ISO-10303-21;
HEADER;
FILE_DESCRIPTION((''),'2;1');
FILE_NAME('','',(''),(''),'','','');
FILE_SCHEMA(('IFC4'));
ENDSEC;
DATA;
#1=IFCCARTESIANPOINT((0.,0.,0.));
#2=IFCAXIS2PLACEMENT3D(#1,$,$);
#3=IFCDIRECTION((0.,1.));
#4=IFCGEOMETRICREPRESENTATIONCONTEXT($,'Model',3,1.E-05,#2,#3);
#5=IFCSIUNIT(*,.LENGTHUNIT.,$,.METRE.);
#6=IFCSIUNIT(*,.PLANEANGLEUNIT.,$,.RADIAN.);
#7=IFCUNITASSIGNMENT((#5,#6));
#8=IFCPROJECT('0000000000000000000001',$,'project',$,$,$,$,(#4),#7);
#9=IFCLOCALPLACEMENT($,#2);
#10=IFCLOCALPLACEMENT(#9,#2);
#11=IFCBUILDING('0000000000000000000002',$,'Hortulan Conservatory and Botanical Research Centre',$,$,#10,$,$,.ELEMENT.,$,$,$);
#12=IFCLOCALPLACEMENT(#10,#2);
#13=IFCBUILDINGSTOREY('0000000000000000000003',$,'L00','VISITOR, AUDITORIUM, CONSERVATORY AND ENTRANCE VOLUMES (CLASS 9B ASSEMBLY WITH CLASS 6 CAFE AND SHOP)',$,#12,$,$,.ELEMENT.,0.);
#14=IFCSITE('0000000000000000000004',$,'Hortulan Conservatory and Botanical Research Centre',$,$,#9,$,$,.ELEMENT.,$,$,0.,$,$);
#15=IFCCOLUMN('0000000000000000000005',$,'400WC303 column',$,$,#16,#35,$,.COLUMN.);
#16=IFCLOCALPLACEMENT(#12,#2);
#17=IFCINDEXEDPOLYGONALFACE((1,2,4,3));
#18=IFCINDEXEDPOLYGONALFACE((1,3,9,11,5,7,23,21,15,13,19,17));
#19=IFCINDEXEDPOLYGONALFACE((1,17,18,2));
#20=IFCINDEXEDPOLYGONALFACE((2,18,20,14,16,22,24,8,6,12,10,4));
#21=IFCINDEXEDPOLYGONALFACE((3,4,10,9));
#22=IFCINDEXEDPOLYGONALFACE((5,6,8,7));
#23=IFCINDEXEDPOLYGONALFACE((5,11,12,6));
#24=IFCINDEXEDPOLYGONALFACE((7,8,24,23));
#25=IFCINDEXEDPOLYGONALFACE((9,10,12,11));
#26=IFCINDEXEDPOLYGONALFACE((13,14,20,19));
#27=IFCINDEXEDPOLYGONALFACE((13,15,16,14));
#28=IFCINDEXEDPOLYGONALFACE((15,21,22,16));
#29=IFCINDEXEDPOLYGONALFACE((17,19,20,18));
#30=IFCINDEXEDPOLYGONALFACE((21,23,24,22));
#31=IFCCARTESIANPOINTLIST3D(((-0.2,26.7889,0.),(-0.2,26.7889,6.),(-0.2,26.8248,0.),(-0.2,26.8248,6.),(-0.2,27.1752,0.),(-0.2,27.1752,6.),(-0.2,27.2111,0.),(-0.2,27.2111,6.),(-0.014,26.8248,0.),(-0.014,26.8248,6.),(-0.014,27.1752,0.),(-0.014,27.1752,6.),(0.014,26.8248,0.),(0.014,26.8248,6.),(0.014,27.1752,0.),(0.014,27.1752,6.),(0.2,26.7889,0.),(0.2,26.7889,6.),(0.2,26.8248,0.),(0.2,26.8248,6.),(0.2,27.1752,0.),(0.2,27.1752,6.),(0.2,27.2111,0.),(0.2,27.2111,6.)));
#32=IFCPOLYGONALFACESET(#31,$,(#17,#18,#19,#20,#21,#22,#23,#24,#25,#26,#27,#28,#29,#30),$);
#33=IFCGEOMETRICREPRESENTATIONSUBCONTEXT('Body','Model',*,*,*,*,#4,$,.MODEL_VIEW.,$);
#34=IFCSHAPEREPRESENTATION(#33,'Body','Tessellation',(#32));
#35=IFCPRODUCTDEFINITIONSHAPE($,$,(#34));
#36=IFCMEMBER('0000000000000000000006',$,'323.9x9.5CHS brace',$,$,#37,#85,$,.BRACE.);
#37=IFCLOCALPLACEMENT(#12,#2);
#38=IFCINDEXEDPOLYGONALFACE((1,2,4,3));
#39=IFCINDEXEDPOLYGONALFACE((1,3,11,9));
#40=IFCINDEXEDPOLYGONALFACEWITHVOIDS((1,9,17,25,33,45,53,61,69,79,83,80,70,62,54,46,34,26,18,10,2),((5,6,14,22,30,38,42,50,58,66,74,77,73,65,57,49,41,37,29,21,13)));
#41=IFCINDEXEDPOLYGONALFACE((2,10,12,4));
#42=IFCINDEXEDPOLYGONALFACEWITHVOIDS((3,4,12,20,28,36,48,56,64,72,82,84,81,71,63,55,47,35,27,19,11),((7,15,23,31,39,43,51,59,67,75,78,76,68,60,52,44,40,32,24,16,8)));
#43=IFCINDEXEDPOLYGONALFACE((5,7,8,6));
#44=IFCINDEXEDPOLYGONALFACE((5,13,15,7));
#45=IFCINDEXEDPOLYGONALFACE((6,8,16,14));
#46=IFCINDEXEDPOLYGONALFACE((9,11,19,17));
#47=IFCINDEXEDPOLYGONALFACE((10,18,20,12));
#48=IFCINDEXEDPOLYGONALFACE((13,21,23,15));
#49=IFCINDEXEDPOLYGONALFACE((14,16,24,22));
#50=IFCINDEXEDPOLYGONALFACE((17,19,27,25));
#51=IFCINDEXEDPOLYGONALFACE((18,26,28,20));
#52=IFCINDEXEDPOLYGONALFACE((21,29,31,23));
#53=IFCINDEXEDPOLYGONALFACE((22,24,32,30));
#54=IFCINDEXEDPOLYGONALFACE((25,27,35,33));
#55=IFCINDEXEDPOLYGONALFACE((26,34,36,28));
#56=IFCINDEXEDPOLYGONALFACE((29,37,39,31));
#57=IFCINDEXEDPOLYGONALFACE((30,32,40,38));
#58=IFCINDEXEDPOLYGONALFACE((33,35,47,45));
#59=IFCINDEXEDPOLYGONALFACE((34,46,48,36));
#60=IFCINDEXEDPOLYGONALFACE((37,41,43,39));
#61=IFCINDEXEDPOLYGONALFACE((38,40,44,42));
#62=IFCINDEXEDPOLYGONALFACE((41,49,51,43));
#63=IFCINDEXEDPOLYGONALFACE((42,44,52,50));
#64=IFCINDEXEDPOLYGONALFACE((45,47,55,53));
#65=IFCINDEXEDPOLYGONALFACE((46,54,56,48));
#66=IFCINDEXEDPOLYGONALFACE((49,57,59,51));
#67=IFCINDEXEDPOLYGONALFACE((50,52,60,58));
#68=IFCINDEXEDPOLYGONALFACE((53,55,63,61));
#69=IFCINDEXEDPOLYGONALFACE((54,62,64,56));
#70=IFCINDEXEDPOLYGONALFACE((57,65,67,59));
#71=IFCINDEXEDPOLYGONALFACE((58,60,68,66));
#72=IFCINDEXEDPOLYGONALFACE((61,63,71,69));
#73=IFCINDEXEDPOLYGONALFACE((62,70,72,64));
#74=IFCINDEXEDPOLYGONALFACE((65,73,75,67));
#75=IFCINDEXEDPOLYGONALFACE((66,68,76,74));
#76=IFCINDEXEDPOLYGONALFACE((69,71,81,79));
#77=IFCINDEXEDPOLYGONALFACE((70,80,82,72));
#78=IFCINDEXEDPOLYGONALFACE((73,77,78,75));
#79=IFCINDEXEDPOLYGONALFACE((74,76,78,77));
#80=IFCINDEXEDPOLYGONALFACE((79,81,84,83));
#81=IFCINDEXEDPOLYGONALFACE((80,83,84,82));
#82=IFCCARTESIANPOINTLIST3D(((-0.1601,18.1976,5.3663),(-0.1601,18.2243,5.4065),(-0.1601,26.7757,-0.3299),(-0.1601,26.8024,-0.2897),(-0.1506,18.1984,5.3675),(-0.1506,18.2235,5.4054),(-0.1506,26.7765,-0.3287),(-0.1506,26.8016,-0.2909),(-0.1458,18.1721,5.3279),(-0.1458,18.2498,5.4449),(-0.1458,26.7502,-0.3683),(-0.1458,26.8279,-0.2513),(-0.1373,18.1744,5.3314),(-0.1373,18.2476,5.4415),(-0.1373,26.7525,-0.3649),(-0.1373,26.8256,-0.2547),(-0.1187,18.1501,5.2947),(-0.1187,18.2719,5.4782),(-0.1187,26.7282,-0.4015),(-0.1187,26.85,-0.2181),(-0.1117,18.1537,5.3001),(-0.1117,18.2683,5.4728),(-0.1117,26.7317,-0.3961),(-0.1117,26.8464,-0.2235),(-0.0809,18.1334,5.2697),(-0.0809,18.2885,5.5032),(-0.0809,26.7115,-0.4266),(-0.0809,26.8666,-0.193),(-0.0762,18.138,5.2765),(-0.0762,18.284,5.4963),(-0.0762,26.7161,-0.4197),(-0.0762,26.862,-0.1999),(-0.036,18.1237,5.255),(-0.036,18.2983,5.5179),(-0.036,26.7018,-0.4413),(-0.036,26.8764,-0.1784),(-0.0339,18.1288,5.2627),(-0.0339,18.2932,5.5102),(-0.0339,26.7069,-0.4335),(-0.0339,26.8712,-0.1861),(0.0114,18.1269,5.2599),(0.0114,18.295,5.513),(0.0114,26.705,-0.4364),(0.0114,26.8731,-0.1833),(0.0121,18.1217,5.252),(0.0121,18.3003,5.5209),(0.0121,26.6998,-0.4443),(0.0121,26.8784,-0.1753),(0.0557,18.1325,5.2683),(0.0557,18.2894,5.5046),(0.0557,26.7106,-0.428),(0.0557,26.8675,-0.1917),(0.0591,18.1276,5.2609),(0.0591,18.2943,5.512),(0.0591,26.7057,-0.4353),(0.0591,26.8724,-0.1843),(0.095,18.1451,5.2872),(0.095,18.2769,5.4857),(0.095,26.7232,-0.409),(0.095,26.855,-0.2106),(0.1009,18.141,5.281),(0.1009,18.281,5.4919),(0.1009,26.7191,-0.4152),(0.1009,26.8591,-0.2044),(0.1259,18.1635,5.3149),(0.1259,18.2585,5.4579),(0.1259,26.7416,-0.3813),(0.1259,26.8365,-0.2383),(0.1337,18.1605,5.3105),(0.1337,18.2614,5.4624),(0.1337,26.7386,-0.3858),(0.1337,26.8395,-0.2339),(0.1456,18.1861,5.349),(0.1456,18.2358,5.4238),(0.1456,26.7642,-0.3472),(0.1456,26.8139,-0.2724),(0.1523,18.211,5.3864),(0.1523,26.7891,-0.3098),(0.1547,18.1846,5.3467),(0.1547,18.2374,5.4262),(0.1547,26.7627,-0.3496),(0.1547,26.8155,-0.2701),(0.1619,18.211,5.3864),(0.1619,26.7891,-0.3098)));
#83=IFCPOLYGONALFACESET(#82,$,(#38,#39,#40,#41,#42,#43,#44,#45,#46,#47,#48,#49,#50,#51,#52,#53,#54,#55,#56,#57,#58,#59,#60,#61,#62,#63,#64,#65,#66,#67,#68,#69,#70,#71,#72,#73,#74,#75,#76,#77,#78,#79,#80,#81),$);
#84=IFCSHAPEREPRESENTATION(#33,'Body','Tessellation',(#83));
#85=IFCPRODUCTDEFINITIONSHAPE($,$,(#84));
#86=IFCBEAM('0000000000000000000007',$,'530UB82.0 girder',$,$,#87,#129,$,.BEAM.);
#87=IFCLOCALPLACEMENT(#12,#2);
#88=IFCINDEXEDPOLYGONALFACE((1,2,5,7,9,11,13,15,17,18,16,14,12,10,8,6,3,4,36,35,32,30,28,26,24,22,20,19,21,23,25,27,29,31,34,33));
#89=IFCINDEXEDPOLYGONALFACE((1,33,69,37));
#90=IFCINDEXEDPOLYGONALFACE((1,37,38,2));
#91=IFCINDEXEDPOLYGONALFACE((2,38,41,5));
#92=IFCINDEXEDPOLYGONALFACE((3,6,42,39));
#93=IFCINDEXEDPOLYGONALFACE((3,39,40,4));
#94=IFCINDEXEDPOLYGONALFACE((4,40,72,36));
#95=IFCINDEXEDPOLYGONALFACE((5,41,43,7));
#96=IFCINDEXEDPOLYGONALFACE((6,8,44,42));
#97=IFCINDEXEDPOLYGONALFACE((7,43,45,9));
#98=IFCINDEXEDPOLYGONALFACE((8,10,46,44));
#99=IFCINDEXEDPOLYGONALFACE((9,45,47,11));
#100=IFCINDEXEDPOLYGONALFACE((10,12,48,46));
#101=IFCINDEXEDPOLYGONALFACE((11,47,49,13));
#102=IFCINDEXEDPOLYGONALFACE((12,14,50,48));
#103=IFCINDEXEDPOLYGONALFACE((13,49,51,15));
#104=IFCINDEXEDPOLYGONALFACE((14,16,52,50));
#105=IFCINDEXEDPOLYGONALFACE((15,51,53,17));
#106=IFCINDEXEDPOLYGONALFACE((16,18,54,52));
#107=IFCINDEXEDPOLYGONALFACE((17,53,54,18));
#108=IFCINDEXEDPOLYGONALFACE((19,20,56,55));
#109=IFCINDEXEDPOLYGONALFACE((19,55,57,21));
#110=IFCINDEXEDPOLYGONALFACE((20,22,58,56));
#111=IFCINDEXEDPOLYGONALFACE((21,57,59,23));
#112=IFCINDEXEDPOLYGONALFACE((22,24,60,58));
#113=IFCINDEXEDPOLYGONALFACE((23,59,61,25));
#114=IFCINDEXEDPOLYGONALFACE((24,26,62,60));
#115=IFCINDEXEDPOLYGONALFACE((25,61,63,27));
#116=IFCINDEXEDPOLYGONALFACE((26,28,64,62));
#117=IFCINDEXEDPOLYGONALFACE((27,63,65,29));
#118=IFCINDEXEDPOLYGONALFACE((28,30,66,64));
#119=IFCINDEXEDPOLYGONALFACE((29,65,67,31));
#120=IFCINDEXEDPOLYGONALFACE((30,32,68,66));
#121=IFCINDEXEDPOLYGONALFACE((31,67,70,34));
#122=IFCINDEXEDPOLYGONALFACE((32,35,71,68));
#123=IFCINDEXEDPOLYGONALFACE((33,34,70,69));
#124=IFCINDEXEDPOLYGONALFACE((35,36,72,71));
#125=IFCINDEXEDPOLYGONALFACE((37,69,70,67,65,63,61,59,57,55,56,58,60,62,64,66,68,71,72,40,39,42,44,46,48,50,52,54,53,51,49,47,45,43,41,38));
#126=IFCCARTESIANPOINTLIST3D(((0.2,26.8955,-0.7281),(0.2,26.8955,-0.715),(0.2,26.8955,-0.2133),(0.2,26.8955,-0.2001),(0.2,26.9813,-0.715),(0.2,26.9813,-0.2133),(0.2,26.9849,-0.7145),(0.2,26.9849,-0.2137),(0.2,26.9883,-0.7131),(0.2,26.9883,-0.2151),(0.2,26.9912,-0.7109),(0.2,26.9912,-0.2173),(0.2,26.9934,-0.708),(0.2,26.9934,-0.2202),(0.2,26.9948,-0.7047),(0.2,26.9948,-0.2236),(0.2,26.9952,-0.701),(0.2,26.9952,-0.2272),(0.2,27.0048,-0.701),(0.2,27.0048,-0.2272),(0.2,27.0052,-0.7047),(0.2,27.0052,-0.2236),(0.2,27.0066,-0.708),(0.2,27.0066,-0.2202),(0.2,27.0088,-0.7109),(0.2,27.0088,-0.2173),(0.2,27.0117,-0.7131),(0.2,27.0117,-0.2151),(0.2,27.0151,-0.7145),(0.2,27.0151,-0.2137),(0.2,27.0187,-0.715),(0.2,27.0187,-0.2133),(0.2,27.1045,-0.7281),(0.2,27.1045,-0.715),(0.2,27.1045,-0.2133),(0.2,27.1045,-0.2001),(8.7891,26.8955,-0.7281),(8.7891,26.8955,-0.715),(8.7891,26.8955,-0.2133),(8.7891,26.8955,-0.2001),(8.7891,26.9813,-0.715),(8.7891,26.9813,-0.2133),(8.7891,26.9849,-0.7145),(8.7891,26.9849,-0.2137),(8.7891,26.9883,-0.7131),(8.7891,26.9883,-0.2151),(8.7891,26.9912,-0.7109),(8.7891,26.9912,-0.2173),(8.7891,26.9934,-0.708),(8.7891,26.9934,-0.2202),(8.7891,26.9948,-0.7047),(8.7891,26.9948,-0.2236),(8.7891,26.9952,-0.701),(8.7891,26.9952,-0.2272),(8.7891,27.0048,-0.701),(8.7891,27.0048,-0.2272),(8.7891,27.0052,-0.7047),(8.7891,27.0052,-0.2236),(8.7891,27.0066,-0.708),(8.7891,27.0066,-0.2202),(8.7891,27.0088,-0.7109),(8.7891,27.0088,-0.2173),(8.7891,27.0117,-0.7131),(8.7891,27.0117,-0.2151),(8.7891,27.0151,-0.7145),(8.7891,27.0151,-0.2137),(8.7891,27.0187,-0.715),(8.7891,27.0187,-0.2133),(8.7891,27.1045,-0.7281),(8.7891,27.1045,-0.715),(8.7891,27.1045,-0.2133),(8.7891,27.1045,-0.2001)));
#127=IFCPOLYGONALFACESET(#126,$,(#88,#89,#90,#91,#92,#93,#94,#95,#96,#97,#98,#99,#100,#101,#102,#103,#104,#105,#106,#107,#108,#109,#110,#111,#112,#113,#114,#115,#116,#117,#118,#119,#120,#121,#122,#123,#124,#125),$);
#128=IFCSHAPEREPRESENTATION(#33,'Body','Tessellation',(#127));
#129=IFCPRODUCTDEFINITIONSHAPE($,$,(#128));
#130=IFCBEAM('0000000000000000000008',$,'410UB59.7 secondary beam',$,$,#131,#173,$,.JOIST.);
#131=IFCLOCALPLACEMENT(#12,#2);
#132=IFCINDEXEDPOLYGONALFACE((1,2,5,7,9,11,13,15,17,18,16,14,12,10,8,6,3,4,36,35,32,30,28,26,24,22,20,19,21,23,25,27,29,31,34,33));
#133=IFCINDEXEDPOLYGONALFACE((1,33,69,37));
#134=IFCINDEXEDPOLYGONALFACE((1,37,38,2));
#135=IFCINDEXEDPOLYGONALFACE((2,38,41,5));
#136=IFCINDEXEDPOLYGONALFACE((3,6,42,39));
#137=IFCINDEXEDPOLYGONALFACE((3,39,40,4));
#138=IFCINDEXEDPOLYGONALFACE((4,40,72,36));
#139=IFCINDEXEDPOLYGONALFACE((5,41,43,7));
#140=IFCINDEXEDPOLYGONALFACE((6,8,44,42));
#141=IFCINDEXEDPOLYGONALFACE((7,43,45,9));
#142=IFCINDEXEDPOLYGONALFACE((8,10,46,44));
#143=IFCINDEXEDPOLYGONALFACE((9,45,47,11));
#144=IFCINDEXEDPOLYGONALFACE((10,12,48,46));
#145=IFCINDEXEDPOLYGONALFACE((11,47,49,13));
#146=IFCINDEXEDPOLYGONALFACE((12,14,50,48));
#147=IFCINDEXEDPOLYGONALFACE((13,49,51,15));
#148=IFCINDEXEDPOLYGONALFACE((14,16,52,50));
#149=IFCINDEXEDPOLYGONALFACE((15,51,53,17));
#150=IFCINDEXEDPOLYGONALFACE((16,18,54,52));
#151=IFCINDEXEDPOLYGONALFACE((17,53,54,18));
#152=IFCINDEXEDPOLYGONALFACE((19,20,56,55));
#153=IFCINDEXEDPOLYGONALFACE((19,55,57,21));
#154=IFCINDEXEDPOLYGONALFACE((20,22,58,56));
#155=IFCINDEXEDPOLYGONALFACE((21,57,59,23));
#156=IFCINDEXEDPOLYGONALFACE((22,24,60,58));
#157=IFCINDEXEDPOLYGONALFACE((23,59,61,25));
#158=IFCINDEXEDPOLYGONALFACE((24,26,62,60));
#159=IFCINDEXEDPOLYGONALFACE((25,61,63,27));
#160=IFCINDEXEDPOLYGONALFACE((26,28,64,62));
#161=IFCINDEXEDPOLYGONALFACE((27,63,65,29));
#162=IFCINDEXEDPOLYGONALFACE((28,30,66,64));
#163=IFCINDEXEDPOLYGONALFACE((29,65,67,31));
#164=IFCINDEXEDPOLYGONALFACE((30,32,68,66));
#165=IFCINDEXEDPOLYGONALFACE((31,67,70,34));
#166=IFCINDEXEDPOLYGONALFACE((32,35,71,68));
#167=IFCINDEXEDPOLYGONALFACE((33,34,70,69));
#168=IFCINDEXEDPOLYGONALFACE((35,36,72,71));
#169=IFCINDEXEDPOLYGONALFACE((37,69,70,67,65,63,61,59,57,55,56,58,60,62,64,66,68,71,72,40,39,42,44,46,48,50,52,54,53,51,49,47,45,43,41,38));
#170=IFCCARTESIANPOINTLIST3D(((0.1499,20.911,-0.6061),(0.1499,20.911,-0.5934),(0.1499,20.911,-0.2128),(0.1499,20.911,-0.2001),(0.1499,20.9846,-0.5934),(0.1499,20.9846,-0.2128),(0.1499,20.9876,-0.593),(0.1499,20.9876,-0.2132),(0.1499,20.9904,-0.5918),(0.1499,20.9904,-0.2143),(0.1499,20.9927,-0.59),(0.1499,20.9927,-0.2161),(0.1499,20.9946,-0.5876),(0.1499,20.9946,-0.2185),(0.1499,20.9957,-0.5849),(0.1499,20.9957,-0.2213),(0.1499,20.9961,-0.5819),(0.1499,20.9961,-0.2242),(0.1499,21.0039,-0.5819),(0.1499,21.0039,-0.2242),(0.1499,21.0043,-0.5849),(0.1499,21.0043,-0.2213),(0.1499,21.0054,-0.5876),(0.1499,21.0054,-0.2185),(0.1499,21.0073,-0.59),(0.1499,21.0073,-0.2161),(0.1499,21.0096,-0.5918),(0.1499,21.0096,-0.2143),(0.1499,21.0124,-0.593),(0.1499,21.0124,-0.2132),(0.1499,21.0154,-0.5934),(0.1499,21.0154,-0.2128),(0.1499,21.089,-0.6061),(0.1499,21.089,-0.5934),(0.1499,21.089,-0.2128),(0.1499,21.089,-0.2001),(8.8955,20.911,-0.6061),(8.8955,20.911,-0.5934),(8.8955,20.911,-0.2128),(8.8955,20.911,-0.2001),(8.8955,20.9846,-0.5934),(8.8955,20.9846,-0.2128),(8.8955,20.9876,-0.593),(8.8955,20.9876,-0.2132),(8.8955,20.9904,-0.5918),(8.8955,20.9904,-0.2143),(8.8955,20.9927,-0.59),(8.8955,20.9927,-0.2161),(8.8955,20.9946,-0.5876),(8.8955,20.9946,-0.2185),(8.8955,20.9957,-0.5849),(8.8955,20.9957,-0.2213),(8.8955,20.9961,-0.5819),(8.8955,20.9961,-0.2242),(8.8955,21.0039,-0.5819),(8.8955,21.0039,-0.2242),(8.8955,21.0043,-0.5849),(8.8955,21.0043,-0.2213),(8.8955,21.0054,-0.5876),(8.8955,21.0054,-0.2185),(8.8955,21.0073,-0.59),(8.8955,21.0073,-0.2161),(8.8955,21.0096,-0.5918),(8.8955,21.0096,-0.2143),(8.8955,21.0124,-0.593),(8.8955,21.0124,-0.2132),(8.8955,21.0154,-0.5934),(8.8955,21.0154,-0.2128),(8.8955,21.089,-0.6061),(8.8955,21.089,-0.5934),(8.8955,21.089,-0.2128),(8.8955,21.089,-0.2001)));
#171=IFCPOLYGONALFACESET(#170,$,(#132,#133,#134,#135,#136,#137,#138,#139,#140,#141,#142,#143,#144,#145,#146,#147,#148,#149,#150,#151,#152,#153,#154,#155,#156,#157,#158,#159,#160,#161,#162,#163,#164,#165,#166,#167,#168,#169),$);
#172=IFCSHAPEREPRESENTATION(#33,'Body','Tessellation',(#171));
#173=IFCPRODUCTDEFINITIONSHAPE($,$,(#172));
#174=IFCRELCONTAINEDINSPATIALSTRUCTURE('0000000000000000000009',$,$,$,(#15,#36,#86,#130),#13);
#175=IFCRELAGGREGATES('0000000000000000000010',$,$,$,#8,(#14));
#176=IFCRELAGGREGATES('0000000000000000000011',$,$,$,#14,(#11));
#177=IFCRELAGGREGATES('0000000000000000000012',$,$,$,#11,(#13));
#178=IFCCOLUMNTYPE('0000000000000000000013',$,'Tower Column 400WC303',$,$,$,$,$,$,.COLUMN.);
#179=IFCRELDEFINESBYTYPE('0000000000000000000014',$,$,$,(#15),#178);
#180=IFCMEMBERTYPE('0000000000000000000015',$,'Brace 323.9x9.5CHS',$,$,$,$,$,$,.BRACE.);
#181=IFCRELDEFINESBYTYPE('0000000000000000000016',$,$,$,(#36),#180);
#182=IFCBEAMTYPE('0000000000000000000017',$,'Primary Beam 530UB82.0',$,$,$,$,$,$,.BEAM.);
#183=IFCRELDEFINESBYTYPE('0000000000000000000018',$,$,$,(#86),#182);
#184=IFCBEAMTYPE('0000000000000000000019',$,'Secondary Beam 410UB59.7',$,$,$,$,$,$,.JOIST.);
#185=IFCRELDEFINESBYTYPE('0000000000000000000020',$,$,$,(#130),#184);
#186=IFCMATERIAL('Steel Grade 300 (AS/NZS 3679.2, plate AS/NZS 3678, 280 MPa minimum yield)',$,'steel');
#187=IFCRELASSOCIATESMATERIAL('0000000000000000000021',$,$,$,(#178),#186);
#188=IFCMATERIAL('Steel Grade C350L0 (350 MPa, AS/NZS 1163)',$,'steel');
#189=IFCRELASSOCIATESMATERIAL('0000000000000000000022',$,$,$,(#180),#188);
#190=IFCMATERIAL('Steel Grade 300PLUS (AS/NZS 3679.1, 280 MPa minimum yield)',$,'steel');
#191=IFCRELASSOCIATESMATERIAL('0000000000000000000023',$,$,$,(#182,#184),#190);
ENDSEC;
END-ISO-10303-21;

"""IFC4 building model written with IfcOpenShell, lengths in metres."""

from ifc_helpers import new_model, si_unit, direction, frame, origin, origin_2d, place, context, subcontext, project, spatial, hollow_circle, i_section, extrude, material, material_profile, profile_set, type_object, element, save


model = new_model("IFC4")

# Units and contexts
model_context = context("Model", 3, precision=1e-05, world=origin(), true_north=direction((0.0, 1.0)))
body_context = subcontext(model_context, "Body", "Model", "MODEL_VIEW")
ifc_project = project(units=[si_unit("LENGTHUNIT", "METRE"), si_unit("PLANEANGLEUNIT", "RADIAN")], contexts=[model_context])

# Site, building, storey
site_placement = place(None, origin())
site = spatial("IfcSite", under=ifc_project, at=site_placement, Name="Hortulan Conservatory and Botanical Research Centre", CompositionType="ELEMENT", RefElevation=0.0)
building_placement = place(site_placement, origin())
building = spatial("IfcBuilding", under=site, at=building_placement, Name="Hortulan Conservatory and Botanical Research Centre", CompositionType="ELEMENT")
storey_placement = place(building_placement, origin())
storey = spatial("IfcBuildingStorey", under=building, at=storey_placement, Name="L00", Description="VISITOR, AUDITORIUM, CONSERVATORY AND ENTRANCE VOLUMES (CLASS 9B ASSEMBLY WITH CLASS 6 CAFE AND SHOP)", CompositionType="ELEMENT", Elevation=0.0)

# Column
ifc_material_1 = material(Name="Steel Grade 300 (AS/NZS 3679.2, plate AS/NZS 3678, 280 MPa minimum yield)", Category="steel")
ifc_material_profile_1 = material_profile(ifc_material_1, i_section(OverallWidth=0.3999, OverallDepth=0.4221, WebThickness=0.0281, FlangeThickness=0.0359, at=origin_2d()), Name="400WC303")
ifc_profile_set_1 = profile_set([ifc_material_profile_1], Name="Steel Grade 300 (AS/NZS 3679.2, plate AS/NZS 3678, 280 MPa minimum yield)")
column_type = type_object("IfcColumnType", Name="Tower Column 400WC303", PredefinedType="COLUMN", material=ifc_profile_set_1)
column_placement = place(storey_placement, frame((0.0, 27.0, 0.0), z_axis=(0.0, 0.0, 1.0), x_axis=(1.0, 0.0, 0.0)))
element("IfcColumn", 1, at=column_placement, inside=storey, type_object=column_type, Name="400WC303 column", PredefinedType="COLUMN", context=body_context, shape_type="SweptSolid", body=[
    extrude(i_section(OverallWidth=0.3999, OverallDepth=0.4221, WebThickness=0.0281, FlangeThickness=0.0359, at=origin_2d()), origin(), (0.0, 0.0, 1.0), 6.0),
])

# Member
ifc_material_2 = material(Name="Steel Grade C350L0 (350 MPa, AS/NZS 1163)", Category="steel")
ifc_material_profile_2 = material_profile(ifc_material_2, hollow_circle(Radius=0.1619, WallThickness=0.0095, at=origin_2d()), Name="323.9x9.5CHS")
ifc_profile_set_2 = profile_set([ifc_material_profile_2], Name="Steel Grade C350L0 (350 MPa, AS/NZS 1163)")
member_type = type_object("IfcMemberType", Name="Brace 323.9x9.5CHS", PredefinedType="BRACE", material=ifc_profile_set_2)
member_placement = place(storey_placement, frame((0.0, 26.7891, -0.3098), z_axis=(0.0, -0.833056, 0.553189), x_axis=(1.0, 0.0, 0.0)))
element("IfcMember", 2, at=member_placement, inside=storey, type_object=member_type, Name="323.9x9.5CHS brace", PredefinedType="BRACE", context=body_context, shape_type="SweptSolid", body=[
    extrude(hollow_circle(Radius=0.1619, WallThickness=0.0095, at=origin_2d()), origin(), (0.0, 0.0, 1.0), 10.2971),
])

# Beams
ifc_material_3 = material(Name="Steel Grade 300PLUS (AS/NZS 3679.1, 280 MPa minimum yield)", Category="steel")
ifc_material_profile_3 = material_profile(ifc_material_3, i_section(OverallWidth=0.209, OverallDepth=0.5281, WebThickness=0.0095, FlangeThickness=0.0132, FilletRadius=0.0139, at=origin_2d()), Name="530UB82.0")
ifc_profile_set_3 = profile_set([ifc_material_profile_3], Name="Steel Grade 300PLUS (AS/NZS 3679.1, 280 MPa minimum yield)")
beam_type_1 = type_object("IfcBeamType", Name="Primary Beam 530UB82.0", PredefinedType="BEAM", material=ifc_profile_set_3)
beam_placement = place(storey_placement, frame((0.2, 27.0, -0.4641), z_axis=(1.0, 0.0, 0.0), x_axis=(0.0, 1.0, 0.0)))
element("IfcBeam", 3, at=beam_placement, inside=storey, type_object=beam_type_1, Name="530UB82.0 girder", PredefinedType="BEAM", context=body_context, shape_type="SweptSolid", body=[
    extrude(i_section(OverallWidth=0.209, OverallDepth=0.5281, WebThickness=0.0095, FlangeThickness=0.0132, FilletRadius=0.0139, at=origin_2d()), origin(), (0.0, 0.0, 1.0), 8.5891),
])
ifc_material_profile_4 = material_profile(ifc_material_3, i_section(OverallWidth=0.178, OverallDepth=0.406, WebThickness=0.0078, FlangeThickness=0.0127, FilletRadius=0.0115, at=origin_2d()), Name="410UB59.7")
ifc_profile_set_4 = profile_set([ifc_material_profile_4], Name="Steel Grade 300PLUS (AS/NZS 3679.1, 280 MPa minimum yield)")
beam_type_2 = type_object("IfcBeamType", Name="Secondary Beam 410UB59.7", PredefinedType="JOIST", material=ifc_profile_set_4)
for number, where, z_axis, x_axis, name in (
    (4, (0.1499, 21.0, -0.4031), (1.0, 0.0, 0.0), (0.0, 1.0, 0.0), "410UB59.7 secondary beam"),
):
    element("IfcBeam", number, at=place(storey_placement, frame(where, z_axis=z_axis, x_axis=x_axis)), inside=storey, type_object=beam_type_2, Name=name, PredefinedType="JOIST", context=body_context, shape_type="SweptSolid", body=[
        extrude(i_section(OverallWidth=0.178, OverallDepth=0.406, WebThickness=0.0078, FlangeThickness=0.0127, FilletRadius=0.0115, at=origin_2d()), origin(), (0.0, 0.0, 1.0), 8.7456),
    ])

save(model, "model.ifc")
